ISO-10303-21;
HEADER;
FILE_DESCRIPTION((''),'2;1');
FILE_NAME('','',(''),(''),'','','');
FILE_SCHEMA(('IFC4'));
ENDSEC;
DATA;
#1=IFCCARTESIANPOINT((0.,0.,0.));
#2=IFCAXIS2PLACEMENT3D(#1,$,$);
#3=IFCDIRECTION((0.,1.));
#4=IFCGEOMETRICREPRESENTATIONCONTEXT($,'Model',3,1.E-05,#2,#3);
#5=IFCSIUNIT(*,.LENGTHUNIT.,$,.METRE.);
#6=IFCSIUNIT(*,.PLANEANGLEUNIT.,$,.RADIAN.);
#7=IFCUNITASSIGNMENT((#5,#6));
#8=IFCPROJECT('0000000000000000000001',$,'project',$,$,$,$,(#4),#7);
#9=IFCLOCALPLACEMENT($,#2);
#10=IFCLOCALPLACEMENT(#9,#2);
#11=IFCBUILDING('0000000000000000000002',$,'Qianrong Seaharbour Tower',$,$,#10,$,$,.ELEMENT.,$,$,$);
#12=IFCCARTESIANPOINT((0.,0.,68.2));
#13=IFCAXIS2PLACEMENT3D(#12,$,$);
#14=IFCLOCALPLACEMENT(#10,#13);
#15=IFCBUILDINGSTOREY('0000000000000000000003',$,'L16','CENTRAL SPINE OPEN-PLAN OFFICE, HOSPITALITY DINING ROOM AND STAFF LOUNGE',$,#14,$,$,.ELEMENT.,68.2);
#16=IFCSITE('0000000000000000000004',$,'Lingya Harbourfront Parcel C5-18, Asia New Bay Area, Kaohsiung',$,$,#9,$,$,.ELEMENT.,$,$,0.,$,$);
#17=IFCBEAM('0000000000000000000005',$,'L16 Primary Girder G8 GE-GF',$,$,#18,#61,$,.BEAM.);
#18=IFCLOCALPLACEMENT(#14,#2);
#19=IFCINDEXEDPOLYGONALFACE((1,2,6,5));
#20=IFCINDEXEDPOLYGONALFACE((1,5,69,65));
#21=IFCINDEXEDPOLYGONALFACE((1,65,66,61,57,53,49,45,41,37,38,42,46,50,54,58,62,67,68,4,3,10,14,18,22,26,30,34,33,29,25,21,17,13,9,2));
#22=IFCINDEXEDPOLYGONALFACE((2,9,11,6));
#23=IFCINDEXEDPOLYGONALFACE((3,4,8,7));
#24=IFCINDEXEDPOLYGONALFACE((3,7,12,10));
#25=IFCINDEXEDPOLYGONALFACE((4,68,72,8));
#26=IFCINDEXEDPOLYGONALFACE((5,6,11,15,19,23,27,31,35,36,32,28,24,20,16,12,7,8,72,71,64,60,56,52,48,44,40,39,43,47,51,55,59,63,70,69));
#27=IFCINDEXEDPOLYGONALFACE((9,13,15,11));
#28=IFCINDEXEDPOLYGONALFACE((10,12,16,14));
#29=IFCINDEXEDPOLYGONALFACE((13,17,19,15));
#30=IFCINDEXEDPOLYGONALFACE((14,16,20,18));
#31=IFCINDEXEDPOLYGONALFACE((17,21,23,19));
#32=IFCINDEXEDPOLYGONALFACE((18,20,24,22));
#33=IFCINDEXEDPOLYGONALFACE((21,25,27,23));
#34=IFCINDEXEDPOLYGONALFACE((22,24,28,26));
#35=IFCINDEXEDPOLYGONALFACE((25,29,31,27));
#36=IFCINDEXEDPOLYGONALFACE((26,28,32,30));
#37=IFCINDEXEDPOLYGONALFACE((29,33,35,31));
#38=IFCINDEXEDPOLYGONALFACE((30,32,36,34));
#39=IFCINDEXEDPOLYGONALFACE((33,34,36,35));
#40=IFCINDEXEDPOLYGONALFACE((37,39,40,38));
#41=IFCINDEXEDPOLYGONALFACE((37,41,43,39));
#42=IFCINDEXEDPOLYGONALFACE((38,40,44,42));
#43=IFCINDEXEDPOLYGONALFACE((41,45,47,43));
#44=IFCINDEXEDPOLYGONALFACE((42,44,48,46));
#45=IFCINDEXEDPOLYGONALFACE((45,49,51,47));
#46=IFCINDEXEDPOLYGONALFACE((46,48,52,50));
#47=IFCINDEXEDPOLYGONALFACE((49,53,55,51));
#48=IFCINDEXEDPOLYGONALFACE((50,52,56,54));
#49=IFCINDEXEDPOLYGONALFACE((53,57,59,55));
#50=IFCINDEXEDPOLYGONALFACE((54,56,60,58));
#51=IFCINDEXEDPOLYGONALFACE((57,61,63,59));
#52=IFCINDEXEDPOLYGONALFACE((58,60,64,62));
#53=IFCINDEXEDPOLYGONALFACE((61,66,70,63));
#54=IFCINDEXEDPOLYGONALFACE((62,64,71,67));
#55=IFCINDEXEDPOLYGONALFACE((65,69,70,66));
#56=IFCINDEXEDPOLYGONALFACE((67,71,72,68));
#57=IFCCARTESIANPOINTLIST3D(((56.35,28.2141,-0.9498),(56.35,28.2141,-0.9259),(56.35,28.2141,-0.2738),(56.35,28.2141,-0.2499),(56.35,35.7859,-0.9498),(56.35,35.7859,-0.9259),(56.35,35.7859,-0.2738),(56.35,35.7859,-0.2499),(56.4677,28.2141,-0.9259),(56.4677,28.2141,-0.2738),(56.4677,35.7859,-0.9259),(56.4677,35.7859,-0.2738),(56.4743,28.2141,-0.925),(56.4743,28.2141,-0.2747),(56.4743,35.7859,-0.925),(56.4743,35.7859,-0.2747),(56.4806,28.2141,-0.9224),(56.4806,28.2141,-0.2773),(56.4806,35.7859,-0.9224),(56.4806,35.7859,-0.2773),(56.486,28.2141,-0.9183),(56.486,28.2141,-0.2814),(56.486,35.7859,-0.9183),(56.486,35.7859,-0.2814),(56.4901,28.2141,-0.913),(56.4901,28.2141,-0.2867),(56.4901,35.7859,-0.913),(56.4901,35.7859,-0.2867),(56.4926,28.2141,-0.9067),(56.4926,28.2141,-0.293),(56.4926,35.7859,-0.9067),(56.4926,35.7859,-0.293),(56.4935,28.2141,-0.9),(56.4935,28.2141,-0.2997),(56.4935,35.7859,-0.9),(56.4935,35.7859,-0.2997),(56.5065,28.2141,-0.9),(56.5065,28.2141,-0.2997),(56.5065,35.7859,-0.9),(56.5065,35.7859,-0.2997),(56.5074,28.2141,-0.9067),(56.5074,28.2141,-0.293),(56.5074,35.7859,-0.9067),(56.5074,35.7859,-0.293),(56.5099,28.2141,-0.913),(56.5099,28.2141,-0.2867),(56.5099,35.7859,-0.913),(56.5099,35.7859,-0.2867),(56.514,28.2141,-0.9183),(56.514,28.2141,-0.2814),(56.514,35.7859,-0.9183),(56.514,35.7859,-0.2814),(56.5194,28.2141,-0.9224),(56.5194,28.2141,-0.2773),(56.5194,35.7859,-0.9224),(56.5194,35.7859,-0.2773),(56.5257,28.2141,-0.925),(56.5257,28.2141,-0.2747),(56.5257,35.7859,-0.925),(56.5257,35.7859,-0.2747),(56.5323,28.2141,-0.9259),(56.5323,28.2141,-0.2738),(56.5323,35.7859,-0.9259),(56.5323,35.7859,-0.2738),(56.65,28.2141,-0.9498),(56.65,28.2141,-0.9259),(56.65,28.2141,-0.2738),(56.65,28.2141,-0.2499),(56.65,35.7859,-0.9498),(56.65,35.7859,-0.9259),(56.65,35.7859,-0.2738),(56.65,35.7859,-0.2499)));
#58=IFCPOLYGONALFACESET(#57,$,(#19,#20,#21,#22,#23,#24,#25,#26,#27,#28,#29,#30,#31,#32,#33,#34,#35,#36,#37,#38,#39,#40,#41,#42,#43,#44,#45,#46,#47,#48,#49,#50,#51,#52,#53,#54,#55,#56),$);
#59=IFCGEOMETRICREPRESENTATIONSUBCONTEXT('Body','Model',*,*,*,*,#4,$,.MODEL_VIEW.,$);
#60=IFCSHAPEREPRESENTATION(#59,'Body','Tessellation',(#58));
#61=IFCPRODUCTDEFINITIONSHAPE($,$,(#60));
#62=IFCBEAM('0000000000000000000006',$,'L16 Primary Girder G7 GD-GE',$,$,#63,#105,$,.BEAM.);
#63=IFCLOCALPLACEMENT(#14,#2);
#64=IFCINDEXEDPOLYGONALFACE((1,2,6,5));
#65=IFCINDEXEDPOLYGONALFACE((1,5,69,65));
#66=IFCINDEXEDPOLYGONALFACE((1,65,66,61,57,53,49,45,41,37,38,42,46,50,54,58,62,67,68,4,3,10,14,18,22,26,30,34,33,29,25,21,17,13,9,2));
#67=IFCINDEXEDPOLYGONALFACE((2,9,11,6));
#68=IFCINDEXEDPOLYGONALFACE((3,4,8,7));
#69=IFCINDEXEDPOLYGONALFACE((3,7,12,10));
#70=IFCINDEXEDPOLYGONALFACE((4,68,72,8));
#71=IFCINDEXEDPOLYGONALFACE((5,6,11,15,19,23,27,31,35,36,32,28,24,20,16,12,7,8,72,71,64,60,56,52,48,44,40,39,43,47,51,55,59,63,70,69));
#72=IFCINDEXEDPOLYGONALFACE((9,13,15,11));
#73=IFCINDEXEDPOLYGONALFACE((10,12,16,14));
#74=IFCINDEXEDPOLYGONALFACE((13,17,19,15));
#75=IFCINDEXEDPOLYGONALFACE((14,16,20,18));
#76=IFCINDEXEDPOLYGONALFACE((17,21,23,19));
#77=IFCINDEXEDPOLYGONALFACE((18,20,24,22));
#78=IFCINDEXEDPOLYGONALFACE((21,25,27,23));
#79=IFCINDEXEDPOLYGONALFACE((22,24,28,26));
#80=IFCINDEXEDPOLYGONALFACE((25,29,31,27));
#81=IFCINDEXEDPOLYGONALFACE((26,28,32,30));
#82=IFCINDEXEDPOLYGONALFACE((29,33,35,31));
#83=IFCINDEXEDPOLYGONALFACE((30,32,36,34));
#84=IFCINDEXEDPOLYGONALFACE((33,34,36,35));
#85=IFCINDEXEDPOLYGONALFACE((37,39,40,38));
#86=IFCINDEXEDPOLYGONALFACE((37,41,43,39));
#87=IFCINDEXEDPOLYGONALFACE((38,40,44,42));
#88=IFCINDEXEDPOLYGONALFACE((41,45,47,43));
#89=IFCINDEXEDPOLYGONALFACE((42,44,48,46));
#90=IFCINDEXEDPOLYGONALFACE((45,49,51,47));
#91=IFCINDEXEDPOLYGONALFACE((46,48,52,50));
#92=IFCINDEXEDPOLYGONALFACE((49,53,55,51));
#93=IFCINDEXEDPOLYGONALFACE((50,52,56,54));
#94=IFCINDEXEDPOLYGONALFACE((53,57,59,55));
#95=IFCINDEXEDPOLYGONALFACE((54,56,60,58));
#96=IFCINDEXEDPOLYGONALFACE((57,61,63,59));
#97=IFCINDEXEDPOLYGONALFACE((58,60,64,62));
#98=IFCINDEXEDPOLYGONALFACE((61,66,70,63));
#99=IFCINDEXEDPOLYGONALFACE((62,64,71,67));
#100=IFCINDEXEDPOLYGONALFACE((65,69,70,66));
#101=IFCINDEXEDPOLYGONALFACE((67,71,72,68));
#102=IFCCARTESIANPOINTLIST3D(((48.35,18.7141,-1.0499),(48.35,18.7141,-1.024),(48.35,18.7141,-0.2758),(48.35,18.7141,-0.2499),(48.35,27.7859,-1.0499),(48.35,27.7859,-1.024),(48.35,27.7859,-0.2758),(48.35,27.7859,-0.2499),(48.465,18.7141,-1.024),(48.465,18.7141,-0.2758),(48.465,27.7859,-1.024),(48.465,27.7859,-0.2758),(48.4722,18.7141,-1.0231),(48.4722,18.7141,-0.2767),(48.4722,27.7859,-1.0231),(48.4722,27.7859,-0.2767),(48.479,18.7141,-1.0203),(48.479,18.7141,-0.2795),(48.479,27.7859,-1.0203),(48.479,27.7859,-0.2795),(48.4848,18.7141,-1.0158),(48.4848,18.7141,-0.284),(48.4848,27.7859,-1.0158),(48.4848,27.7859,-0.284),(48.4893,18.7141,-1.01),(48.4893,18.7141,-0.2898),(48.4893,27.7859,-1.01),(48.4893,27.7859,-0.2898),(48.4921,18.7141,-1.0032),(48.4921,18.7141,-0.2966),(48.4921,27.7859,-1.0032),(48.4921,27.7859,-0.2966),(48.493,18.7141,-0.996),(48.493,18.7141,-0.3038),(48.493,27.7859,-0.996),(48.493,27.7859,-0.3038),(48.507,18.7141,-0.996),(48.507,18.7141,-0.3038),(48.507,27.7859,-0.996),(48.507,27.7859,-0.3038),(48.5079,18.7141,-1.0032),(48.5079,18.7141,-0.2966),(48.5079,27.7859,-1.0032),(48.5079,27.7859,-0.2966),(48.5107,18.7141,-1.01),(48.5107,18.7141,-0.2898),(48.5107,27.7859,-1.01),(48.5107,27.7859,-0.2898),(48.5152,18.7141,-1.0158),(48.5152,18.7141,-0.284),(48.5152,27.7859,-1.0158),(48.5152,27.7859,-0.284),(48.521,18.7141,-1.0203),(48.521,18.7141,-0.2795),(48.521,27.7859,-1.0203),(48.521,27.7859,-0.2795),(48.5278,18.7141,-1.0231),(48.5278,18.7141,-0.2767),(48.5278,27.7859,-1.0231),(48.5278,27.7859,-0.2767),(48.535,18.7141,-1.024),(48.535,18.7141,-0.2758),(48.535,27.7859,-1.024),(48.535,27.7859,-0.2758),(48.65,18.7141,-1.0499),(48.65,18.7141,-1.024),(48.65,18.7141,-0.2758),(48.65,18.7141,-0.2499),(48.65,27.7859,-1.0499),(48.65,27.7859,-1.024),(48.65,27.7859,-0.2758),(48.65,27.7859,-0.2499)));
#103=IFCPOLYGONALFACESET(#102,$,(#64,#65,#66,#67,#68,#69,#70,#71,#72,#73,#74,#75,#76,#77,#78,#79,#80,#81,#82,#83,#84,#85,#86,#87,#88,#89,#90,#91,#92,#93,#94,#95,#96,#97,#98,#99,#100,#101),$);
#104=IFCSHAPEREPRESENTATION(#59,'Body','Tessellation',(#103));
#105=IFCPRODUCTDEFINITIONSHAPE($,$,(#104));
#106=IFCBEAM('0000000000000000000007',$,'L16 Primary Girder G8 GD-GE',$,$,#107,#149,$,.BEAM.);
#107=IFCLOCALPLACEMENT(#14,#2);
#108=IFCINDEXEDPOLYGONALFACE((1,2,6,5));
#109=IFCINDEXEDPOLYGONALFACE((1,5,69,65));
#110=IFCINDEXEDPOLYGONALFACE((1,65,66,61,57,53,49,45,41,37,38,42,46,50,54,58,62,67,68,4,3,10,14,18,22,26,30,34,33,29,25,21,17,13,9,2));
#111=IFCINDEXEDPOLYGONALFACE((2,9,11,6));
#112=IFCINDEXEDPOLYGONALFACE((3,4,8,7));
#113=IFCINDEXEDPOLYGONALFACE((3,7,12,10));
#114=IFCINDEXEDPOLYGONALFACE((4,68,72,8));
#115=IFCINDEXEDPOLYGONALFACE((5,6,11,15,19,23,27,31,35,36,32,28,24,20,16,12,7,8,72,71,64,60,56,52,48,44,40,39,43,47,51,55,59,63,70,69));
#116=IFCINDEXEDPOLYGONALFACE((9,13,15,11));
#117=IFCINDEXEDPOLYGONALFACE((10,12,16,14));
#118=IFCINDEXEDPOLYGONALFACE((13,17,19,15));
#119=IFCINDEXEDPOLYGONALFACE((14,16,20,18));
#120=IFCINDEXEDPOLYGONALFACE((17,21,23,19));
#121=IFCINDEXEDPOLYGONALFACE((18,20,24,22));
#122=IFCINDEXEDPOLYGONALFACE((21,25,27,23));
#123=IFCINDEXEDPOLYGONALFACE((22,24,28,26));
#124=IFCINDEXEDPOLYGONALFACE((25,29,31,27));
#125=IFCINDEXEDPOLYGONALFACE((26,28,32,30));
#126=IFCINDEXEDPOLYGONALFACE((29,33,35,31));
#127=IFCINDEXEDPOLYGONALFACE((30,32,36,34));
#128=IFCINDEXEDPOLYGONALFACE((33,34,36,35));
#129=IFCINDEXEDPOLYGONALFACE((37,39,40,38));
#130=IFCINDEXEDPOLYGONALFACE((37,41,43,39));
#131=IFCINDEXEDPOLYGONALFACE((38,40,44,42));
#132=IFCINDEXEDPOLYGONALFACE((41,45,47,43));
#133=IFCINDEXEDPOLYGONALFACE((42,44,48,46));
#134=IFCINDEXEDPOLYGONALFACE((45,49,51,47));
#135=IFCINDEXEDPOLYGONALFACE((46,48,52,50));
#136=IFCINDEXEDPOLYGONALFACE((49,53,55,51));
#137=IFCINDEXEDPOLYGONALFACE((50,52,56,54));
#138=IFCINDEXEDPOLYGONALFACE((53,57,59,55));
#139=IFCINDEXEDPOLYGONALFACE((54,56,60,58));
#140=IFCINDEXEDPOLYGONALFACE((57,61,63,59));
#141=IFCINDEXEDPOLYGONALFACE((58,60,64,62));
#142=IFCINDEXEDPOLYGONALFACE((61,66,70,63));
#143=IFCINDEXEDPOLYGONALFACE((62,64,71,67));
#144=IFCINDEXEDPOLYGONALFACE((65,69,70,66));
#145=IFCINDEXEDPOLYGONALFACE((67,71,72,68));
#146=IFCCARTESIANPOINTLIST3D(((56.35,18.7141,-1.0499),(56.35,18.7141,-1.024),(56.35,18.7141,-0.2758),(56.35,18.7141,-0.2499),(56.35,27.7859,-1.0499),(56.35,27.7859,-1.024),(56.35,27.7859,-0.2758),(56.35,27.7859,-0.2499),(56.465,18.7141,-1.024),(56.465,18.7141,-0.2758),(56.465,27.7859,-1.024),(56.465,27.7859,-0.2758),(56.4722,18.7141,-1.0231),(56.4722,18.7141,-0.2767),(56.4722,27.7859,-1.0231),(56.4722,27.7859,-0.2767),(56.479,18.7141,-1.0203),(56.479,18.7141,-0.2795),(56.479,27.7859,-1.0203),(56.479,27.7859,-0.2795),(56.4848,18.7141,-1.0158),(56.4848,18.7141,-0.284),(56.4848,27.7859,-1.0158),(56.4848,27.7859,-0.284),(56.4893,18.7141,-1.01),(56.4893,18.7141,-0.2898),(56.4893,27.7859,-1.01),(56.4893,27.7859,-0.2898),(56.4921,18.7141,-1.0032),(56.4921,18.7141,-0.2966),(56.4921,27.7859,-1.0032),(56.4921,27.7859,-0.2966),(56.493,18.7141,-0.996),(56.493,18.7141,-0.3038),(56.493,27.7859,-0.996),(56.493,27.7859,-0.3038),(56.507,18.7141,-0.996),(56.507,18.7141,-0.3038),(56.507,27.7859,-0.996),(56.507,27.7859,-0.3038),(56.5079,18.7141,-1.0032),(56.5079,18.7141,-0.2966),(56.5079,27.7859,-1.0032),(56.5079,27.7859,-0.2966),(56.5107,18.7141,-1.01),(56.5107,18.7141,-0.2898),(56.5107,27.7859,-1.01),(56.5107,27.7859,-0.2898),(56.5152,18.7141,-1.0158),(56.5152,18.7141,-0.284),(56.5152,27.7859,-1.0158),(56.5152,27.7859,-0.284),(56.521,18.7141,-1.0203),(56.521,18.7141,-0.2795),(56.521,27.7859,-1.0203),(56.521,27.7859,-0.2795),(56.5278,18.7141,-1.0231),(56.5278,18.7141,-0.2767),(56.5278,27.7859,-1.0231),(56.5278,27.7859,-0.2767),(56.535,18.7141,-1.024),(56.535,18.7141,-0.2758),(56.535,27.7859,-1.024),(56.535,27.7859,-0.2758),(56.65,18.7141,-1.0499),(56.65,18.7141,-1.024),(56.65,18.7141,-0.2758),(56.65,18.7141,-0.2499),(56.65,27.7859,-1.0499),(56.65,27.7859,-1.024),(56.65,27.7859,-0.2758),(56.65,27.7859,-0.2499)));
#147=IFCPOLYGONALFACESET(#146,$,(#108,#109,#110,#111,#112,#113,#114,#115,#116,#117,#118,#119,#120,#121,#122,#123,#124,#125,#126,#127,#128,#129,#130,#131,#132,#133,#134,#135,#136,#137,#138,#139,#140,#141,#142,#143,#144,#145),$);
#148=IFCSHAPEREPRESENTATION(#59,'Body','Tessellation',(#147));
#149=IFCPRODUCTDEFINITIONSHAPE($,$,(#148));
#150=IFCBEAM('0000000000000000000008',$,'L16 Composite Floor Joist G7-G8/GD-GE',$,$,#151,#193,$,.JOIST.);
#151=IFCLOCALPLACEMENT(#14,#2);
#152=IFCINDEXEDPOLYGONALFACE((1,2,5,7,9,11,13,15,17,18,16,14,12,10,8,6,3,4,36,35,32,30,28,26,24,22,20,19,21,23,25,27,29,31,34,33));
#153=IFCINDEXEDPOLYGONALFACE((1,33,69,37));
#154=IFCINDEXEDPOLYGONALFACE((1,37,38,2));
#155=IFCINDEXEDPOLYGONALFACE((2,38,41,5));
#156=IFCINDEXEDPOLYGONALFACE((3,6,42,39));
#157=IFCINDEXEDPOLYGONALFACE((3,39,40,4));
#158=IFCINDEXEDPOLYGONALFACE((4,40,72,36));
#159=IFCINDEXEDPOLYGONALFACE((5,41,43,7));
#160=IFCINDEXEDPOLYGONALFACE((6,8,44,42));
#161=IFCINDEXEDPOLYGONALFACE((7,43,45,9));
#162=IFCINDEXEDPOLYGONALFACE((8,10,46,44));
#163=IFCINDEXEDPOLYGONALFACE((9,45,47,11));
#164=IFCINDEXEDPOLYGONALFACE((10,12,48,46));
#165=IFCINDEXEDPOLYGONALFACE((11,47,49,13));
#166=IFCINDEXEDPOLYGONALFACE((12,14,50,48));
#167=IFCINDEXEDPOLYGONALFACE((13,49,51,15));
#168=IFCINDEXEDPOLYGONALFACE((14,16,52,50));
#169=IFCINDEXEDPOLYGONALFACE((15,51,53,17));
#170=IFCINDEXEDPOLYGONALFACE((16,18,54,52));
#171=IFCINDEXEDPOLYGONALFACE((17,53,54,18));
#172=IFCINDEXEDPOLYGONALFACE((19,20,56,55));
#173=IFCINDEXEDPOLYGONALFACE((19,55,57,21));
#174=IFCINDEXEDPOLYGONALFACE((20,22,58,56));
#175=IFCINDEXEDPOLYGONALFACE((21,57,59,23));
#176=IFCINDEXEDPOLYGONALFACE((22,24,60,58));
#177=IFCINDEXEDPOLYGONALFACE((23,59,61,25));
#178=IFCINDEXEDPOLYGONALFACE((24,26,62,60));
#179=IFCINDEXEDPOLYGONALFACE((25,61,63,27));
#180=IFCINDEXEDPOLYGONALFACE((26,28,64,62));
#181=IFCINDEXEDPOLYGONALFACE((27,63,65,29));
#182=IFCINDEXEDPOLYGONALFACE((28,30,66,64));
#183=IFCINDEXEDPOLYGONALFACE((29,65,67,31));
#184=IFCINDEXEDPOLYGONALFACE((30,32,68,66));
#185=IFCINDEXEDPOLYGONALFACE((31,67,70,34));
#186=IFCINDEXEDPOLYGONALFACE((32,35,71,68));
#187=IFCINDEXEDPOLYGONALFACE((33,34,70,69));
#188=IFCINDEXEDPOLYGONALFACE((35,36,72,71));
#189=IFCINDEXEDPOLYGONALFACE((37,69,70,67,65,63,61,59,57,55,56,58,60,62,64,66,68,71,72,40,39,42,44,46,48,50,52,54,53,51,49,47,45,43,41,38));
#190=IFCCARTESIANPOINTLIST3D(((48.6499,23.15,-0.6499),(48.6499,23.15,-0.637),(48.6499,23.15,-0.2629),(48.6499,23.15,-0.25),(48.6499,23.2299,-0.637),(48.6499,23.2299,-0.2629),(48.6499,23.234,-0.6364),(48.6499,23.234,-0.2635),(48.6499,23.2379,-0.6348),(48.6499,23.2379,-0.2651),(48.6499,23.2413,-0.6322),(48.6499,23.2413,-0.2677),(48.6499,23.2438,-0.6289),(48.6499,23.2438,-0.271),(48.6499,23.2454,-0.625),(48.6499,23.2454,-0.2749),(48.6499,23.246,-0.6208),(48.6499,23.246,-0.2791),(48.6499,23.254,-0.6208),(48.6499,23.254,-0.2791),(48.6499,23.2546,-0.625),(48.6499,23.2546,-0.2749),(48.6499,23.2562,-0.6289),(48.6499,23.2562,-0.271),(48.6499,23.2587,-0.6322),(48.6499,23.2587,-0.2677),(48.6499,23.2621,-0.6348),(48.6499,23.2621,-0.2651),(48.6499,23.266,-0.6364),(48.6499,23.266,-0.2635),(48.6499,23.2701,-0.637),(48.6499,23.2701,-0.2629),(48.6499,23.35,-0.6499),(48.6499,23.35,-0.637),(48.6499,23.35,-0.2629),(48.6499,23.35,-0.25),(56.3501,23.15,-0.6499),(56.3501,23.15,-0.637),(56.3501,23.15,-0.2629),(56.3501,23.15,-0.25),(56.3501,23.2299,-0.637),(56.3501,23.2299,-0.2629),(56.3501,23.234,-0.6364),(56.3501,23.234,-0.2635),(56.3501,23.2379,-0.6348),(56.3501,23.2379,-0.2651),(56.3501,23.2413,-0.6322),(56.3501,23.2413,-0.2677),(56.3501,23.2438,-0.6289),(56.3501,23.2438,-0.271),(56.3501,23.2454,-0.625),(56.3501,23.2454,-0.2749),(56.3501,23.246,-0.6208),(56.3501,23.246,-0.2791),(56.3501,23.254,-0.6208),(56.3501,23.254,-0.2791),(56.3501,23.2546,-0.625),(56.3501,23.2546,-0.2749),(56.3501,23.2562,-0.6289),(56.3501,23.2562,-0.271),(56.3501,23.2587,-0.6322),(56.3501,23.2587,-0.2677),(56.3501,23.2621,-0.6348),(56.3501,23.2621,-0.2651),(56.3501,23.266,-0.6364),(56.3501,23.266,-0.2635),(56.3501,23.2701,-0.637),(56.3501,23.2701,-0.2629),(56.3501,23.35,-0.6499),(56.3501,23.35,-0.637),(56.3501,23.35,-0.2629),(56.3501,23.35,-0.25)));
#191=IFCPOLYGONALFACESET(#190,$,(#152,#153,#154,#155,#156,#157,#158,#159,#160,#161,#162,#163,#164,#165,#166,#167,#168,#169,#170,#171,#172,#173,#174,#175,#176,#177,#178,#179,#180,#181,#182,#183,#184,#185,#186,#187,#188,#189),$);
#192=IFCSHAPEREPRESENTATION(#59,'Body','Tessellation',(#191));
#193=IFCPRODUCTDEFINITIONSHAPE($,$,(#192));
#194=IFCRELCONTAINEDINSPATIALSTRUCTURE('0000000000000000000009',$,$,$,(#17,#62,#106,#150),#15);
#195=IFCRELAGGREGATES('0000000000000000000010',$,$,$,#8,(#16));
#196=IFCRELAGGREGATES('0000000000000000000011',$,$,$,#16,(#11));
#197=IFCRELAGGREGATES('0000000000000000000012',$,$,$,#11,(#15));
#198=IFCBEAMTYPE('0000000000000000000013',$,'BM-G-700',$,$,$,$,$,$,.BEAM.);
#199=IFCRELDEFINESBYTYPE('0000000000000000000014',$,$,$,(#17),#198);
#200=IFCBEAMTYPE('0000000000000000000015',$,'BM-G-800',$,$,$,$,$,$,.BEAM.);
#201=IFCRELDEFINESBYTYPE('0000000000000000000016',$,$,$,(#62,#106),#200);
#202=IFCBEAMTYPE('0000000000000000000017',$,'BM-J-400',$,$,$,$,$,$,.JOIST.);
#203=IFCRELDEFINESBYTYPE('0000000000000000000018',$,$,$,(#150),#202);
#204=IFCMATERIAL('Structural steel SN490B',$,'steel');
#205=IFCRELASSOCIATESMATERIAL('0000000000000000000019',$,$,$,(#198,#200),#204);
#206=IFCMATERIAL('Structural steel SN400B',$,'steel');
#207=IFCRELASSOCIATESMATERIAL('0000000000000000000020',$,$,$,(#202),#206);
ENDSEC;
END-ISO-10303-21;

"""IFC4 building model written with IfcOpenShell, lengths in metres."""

from ifc_helpers import new_model, si_unit, direction, frame, origin, origin_2d, place, context, subcontext, project, spatial, i_section, extrude, material, material_profile, profile_set, type_object, element, save


model = new_model("IFC4")

# Units and contexts
model_context = context("Model", 3, precision=1e-05, world=origin(), true_north=direction((0.0, 1.0)))
body_context = subcontext(model_context, "Body", "Model", "MODEL_VIEW")
ifc_project = project(units=[si_unit("LENGTHUNIT", "METRE"), si_unit("PLANEANGLEUNIT", "RADIAN")], contexts=[model_context])

# Site, building, storey
site_placement = place(None, origin())
site = spatial("IfcSite", under=ifc_project, at=site_placement, Name="Lingya Harbourfront Parcel C5-18, Asia New Bay Area, Kaohsiung", CompositionType="ELEMENT", RefElevation=0.0)
building_placement = place(site_placement, origin())
building = spatial("IfcBuilding", under=site, at=building_placement, Name="Qianrong Seaharbour Tower", CompositionType="ELEMENT")
storey_placement = place(building_placement, frame((0.0, 0.0, 68.2)))
storey = spatial("IfcBuildingStorey", under=building, at=storey_placement, Name="L16", Description="CENTRAL SPINE OPEN-PLAN OFFICE, HOSPITALITY DINING ROOM AND STAFF LOUNGE", CompositionType="ELEMENT", Elevation=68.2)

# Shared definitions
ifc_material_1 = material(Name="Structural steel SN490B", Category="steel")

# Beams
ifc_material_profile_1 = material_profile(ifc_material_1, i_section(OverallWidth=0.3, OverallDepth=0.7, WebThickness=0.0129, FlangeThickness=0.0239, FilletRadius=0.0259, at=origin_2d()), Name="H700x300x13x24")
ifc_profile_set_1 = profile_set([ifc_material_profile_1], Name="Structural steel SN490B")
beam_type_1 = type_object("IfcBeamType", Name="BM-G-700", PredefinedType="BEAM", material=ifc_profile_set_1)
for number, where, z_axis, x_axis, name in (
    (1, (56.5, 28.2141, -0.5999), (0.0, 1.0, 0.0), (-1.0, 0.0, 0.0), "L16 Primary Girder G8 GE-GF"),
):
    element("IfcBeam", number, at=place(storey_placement, frame(where, z_axis=z_axis, x_axis=x_axis)), inside=storey, type_object=beam_type_1, Name=name, PredefinedType="BEAM", context=body_context, shape_type="SweptSolid", body=[
        extrude(i_section(OverallWidth=0.3, OverallDepth=0.7, WebThickness=0.0129, FlangeThickness=0.0239, FilletRadius=0.0259, at=origin_2d()), origin(), (0.0, 0.0, 1.0), 7.5718),
    ])
ifc_material_profile_2 = material_profile(ifc_material_1, i_section(OverallWidth=0.3, OverallDepth=0.8, WebThickness=0.0139, FlangeThickness=0.0259, FilletRadius=0.0281, at=origin_2d()), Name="H800x300x14x26")
ifc_profile_set_2 = profile_set([ifc_material_profile_2], Name="Structural steel SN490B")
beam_type_2 = type_object("IfcBeamType", Name="BM-G-800", PredefinedType="BEAM", material=ifc_profile_set_2)
for number, where, z_axis, x_axis, name in (
    (2, (48.5, 18.7141, -0.6499), (0.0, 1.0, 0.0), (-1.0, 0.0, 0.0), "L16 Primary Girder G7 GD-GE"),
    (3, (56.5, 18.7141, -0.6499), (0.0, 1.0, 0.0), (-1.0, 0.0, 0.0), "L16 Primary Girder G8 GD-GE"),
):
    element("IfcBeam", number, at=place(storey_placement, frame(where, z_axis=z_axis, x_axis=x_axis)), inside=storey, type_object=beam_type_2, Name=name, PredefinedType="BEAM", context=body_context, shape_type="SweptSolid", body=[
        extrude(i_section(OverallWidth=0.3, OverallDepth=0.8, WebThickness=0.0139, FlangeThickness=0.0259, FilletRadius=0.0281, at=origin_2d()), origin(), (0.0, 0.0, 1.0), 9.0718),
    ])
ifc_material_2 = material(Name="Structural steel SN400B", Category="steel")
ifc_material_profile_3 = material_profile(ifc_material_2, i_section(OverallWidth=0.2, OverallDepth=0.3999, WebThickness=0.0081, FlangeThickness=0.0129, FilletRadius=0.0161, at=origin_2d()), Name="H400x200x8x13")
ifc_profile_set_3 = profile_set([ifc_material_profile_3], Name="Structural steel SN400B")
beam_type_3 = type_object("IfcBeamType", Name="BM-J-400", PredefinedType="JOIST", material=ifc_profile_set_3)
for number, where, z_axis, x_axis, name in (
    (4, (48.6499, 23.25, -0.45), (1.0, 0.0, 0.0), (0.0, 1.0, 0.0), "L16 Composite Floor Joist G7-G8/GD-GE"),
):
    element("IfcBeam", number, at=place(storey_placement, frame(where, z_axis=z_axis, x_axis=x_axis)), inside=storey, type_object=beam_type_3, Name=name, PredefinedType="JOIST", context=body_context, shape_type="SweptSolid", body=[
        extrude(i_section(OverallWidth=0.2, OverallDepth=0.3999, WebThickness=0.0081, FlangeThickness=0.0129, FilletRadius=0.0161, at=origin_2d()), origin(), (0.0, 0.0, 1.0), 7.7002),
    ])

save(model, "model.ifc")
